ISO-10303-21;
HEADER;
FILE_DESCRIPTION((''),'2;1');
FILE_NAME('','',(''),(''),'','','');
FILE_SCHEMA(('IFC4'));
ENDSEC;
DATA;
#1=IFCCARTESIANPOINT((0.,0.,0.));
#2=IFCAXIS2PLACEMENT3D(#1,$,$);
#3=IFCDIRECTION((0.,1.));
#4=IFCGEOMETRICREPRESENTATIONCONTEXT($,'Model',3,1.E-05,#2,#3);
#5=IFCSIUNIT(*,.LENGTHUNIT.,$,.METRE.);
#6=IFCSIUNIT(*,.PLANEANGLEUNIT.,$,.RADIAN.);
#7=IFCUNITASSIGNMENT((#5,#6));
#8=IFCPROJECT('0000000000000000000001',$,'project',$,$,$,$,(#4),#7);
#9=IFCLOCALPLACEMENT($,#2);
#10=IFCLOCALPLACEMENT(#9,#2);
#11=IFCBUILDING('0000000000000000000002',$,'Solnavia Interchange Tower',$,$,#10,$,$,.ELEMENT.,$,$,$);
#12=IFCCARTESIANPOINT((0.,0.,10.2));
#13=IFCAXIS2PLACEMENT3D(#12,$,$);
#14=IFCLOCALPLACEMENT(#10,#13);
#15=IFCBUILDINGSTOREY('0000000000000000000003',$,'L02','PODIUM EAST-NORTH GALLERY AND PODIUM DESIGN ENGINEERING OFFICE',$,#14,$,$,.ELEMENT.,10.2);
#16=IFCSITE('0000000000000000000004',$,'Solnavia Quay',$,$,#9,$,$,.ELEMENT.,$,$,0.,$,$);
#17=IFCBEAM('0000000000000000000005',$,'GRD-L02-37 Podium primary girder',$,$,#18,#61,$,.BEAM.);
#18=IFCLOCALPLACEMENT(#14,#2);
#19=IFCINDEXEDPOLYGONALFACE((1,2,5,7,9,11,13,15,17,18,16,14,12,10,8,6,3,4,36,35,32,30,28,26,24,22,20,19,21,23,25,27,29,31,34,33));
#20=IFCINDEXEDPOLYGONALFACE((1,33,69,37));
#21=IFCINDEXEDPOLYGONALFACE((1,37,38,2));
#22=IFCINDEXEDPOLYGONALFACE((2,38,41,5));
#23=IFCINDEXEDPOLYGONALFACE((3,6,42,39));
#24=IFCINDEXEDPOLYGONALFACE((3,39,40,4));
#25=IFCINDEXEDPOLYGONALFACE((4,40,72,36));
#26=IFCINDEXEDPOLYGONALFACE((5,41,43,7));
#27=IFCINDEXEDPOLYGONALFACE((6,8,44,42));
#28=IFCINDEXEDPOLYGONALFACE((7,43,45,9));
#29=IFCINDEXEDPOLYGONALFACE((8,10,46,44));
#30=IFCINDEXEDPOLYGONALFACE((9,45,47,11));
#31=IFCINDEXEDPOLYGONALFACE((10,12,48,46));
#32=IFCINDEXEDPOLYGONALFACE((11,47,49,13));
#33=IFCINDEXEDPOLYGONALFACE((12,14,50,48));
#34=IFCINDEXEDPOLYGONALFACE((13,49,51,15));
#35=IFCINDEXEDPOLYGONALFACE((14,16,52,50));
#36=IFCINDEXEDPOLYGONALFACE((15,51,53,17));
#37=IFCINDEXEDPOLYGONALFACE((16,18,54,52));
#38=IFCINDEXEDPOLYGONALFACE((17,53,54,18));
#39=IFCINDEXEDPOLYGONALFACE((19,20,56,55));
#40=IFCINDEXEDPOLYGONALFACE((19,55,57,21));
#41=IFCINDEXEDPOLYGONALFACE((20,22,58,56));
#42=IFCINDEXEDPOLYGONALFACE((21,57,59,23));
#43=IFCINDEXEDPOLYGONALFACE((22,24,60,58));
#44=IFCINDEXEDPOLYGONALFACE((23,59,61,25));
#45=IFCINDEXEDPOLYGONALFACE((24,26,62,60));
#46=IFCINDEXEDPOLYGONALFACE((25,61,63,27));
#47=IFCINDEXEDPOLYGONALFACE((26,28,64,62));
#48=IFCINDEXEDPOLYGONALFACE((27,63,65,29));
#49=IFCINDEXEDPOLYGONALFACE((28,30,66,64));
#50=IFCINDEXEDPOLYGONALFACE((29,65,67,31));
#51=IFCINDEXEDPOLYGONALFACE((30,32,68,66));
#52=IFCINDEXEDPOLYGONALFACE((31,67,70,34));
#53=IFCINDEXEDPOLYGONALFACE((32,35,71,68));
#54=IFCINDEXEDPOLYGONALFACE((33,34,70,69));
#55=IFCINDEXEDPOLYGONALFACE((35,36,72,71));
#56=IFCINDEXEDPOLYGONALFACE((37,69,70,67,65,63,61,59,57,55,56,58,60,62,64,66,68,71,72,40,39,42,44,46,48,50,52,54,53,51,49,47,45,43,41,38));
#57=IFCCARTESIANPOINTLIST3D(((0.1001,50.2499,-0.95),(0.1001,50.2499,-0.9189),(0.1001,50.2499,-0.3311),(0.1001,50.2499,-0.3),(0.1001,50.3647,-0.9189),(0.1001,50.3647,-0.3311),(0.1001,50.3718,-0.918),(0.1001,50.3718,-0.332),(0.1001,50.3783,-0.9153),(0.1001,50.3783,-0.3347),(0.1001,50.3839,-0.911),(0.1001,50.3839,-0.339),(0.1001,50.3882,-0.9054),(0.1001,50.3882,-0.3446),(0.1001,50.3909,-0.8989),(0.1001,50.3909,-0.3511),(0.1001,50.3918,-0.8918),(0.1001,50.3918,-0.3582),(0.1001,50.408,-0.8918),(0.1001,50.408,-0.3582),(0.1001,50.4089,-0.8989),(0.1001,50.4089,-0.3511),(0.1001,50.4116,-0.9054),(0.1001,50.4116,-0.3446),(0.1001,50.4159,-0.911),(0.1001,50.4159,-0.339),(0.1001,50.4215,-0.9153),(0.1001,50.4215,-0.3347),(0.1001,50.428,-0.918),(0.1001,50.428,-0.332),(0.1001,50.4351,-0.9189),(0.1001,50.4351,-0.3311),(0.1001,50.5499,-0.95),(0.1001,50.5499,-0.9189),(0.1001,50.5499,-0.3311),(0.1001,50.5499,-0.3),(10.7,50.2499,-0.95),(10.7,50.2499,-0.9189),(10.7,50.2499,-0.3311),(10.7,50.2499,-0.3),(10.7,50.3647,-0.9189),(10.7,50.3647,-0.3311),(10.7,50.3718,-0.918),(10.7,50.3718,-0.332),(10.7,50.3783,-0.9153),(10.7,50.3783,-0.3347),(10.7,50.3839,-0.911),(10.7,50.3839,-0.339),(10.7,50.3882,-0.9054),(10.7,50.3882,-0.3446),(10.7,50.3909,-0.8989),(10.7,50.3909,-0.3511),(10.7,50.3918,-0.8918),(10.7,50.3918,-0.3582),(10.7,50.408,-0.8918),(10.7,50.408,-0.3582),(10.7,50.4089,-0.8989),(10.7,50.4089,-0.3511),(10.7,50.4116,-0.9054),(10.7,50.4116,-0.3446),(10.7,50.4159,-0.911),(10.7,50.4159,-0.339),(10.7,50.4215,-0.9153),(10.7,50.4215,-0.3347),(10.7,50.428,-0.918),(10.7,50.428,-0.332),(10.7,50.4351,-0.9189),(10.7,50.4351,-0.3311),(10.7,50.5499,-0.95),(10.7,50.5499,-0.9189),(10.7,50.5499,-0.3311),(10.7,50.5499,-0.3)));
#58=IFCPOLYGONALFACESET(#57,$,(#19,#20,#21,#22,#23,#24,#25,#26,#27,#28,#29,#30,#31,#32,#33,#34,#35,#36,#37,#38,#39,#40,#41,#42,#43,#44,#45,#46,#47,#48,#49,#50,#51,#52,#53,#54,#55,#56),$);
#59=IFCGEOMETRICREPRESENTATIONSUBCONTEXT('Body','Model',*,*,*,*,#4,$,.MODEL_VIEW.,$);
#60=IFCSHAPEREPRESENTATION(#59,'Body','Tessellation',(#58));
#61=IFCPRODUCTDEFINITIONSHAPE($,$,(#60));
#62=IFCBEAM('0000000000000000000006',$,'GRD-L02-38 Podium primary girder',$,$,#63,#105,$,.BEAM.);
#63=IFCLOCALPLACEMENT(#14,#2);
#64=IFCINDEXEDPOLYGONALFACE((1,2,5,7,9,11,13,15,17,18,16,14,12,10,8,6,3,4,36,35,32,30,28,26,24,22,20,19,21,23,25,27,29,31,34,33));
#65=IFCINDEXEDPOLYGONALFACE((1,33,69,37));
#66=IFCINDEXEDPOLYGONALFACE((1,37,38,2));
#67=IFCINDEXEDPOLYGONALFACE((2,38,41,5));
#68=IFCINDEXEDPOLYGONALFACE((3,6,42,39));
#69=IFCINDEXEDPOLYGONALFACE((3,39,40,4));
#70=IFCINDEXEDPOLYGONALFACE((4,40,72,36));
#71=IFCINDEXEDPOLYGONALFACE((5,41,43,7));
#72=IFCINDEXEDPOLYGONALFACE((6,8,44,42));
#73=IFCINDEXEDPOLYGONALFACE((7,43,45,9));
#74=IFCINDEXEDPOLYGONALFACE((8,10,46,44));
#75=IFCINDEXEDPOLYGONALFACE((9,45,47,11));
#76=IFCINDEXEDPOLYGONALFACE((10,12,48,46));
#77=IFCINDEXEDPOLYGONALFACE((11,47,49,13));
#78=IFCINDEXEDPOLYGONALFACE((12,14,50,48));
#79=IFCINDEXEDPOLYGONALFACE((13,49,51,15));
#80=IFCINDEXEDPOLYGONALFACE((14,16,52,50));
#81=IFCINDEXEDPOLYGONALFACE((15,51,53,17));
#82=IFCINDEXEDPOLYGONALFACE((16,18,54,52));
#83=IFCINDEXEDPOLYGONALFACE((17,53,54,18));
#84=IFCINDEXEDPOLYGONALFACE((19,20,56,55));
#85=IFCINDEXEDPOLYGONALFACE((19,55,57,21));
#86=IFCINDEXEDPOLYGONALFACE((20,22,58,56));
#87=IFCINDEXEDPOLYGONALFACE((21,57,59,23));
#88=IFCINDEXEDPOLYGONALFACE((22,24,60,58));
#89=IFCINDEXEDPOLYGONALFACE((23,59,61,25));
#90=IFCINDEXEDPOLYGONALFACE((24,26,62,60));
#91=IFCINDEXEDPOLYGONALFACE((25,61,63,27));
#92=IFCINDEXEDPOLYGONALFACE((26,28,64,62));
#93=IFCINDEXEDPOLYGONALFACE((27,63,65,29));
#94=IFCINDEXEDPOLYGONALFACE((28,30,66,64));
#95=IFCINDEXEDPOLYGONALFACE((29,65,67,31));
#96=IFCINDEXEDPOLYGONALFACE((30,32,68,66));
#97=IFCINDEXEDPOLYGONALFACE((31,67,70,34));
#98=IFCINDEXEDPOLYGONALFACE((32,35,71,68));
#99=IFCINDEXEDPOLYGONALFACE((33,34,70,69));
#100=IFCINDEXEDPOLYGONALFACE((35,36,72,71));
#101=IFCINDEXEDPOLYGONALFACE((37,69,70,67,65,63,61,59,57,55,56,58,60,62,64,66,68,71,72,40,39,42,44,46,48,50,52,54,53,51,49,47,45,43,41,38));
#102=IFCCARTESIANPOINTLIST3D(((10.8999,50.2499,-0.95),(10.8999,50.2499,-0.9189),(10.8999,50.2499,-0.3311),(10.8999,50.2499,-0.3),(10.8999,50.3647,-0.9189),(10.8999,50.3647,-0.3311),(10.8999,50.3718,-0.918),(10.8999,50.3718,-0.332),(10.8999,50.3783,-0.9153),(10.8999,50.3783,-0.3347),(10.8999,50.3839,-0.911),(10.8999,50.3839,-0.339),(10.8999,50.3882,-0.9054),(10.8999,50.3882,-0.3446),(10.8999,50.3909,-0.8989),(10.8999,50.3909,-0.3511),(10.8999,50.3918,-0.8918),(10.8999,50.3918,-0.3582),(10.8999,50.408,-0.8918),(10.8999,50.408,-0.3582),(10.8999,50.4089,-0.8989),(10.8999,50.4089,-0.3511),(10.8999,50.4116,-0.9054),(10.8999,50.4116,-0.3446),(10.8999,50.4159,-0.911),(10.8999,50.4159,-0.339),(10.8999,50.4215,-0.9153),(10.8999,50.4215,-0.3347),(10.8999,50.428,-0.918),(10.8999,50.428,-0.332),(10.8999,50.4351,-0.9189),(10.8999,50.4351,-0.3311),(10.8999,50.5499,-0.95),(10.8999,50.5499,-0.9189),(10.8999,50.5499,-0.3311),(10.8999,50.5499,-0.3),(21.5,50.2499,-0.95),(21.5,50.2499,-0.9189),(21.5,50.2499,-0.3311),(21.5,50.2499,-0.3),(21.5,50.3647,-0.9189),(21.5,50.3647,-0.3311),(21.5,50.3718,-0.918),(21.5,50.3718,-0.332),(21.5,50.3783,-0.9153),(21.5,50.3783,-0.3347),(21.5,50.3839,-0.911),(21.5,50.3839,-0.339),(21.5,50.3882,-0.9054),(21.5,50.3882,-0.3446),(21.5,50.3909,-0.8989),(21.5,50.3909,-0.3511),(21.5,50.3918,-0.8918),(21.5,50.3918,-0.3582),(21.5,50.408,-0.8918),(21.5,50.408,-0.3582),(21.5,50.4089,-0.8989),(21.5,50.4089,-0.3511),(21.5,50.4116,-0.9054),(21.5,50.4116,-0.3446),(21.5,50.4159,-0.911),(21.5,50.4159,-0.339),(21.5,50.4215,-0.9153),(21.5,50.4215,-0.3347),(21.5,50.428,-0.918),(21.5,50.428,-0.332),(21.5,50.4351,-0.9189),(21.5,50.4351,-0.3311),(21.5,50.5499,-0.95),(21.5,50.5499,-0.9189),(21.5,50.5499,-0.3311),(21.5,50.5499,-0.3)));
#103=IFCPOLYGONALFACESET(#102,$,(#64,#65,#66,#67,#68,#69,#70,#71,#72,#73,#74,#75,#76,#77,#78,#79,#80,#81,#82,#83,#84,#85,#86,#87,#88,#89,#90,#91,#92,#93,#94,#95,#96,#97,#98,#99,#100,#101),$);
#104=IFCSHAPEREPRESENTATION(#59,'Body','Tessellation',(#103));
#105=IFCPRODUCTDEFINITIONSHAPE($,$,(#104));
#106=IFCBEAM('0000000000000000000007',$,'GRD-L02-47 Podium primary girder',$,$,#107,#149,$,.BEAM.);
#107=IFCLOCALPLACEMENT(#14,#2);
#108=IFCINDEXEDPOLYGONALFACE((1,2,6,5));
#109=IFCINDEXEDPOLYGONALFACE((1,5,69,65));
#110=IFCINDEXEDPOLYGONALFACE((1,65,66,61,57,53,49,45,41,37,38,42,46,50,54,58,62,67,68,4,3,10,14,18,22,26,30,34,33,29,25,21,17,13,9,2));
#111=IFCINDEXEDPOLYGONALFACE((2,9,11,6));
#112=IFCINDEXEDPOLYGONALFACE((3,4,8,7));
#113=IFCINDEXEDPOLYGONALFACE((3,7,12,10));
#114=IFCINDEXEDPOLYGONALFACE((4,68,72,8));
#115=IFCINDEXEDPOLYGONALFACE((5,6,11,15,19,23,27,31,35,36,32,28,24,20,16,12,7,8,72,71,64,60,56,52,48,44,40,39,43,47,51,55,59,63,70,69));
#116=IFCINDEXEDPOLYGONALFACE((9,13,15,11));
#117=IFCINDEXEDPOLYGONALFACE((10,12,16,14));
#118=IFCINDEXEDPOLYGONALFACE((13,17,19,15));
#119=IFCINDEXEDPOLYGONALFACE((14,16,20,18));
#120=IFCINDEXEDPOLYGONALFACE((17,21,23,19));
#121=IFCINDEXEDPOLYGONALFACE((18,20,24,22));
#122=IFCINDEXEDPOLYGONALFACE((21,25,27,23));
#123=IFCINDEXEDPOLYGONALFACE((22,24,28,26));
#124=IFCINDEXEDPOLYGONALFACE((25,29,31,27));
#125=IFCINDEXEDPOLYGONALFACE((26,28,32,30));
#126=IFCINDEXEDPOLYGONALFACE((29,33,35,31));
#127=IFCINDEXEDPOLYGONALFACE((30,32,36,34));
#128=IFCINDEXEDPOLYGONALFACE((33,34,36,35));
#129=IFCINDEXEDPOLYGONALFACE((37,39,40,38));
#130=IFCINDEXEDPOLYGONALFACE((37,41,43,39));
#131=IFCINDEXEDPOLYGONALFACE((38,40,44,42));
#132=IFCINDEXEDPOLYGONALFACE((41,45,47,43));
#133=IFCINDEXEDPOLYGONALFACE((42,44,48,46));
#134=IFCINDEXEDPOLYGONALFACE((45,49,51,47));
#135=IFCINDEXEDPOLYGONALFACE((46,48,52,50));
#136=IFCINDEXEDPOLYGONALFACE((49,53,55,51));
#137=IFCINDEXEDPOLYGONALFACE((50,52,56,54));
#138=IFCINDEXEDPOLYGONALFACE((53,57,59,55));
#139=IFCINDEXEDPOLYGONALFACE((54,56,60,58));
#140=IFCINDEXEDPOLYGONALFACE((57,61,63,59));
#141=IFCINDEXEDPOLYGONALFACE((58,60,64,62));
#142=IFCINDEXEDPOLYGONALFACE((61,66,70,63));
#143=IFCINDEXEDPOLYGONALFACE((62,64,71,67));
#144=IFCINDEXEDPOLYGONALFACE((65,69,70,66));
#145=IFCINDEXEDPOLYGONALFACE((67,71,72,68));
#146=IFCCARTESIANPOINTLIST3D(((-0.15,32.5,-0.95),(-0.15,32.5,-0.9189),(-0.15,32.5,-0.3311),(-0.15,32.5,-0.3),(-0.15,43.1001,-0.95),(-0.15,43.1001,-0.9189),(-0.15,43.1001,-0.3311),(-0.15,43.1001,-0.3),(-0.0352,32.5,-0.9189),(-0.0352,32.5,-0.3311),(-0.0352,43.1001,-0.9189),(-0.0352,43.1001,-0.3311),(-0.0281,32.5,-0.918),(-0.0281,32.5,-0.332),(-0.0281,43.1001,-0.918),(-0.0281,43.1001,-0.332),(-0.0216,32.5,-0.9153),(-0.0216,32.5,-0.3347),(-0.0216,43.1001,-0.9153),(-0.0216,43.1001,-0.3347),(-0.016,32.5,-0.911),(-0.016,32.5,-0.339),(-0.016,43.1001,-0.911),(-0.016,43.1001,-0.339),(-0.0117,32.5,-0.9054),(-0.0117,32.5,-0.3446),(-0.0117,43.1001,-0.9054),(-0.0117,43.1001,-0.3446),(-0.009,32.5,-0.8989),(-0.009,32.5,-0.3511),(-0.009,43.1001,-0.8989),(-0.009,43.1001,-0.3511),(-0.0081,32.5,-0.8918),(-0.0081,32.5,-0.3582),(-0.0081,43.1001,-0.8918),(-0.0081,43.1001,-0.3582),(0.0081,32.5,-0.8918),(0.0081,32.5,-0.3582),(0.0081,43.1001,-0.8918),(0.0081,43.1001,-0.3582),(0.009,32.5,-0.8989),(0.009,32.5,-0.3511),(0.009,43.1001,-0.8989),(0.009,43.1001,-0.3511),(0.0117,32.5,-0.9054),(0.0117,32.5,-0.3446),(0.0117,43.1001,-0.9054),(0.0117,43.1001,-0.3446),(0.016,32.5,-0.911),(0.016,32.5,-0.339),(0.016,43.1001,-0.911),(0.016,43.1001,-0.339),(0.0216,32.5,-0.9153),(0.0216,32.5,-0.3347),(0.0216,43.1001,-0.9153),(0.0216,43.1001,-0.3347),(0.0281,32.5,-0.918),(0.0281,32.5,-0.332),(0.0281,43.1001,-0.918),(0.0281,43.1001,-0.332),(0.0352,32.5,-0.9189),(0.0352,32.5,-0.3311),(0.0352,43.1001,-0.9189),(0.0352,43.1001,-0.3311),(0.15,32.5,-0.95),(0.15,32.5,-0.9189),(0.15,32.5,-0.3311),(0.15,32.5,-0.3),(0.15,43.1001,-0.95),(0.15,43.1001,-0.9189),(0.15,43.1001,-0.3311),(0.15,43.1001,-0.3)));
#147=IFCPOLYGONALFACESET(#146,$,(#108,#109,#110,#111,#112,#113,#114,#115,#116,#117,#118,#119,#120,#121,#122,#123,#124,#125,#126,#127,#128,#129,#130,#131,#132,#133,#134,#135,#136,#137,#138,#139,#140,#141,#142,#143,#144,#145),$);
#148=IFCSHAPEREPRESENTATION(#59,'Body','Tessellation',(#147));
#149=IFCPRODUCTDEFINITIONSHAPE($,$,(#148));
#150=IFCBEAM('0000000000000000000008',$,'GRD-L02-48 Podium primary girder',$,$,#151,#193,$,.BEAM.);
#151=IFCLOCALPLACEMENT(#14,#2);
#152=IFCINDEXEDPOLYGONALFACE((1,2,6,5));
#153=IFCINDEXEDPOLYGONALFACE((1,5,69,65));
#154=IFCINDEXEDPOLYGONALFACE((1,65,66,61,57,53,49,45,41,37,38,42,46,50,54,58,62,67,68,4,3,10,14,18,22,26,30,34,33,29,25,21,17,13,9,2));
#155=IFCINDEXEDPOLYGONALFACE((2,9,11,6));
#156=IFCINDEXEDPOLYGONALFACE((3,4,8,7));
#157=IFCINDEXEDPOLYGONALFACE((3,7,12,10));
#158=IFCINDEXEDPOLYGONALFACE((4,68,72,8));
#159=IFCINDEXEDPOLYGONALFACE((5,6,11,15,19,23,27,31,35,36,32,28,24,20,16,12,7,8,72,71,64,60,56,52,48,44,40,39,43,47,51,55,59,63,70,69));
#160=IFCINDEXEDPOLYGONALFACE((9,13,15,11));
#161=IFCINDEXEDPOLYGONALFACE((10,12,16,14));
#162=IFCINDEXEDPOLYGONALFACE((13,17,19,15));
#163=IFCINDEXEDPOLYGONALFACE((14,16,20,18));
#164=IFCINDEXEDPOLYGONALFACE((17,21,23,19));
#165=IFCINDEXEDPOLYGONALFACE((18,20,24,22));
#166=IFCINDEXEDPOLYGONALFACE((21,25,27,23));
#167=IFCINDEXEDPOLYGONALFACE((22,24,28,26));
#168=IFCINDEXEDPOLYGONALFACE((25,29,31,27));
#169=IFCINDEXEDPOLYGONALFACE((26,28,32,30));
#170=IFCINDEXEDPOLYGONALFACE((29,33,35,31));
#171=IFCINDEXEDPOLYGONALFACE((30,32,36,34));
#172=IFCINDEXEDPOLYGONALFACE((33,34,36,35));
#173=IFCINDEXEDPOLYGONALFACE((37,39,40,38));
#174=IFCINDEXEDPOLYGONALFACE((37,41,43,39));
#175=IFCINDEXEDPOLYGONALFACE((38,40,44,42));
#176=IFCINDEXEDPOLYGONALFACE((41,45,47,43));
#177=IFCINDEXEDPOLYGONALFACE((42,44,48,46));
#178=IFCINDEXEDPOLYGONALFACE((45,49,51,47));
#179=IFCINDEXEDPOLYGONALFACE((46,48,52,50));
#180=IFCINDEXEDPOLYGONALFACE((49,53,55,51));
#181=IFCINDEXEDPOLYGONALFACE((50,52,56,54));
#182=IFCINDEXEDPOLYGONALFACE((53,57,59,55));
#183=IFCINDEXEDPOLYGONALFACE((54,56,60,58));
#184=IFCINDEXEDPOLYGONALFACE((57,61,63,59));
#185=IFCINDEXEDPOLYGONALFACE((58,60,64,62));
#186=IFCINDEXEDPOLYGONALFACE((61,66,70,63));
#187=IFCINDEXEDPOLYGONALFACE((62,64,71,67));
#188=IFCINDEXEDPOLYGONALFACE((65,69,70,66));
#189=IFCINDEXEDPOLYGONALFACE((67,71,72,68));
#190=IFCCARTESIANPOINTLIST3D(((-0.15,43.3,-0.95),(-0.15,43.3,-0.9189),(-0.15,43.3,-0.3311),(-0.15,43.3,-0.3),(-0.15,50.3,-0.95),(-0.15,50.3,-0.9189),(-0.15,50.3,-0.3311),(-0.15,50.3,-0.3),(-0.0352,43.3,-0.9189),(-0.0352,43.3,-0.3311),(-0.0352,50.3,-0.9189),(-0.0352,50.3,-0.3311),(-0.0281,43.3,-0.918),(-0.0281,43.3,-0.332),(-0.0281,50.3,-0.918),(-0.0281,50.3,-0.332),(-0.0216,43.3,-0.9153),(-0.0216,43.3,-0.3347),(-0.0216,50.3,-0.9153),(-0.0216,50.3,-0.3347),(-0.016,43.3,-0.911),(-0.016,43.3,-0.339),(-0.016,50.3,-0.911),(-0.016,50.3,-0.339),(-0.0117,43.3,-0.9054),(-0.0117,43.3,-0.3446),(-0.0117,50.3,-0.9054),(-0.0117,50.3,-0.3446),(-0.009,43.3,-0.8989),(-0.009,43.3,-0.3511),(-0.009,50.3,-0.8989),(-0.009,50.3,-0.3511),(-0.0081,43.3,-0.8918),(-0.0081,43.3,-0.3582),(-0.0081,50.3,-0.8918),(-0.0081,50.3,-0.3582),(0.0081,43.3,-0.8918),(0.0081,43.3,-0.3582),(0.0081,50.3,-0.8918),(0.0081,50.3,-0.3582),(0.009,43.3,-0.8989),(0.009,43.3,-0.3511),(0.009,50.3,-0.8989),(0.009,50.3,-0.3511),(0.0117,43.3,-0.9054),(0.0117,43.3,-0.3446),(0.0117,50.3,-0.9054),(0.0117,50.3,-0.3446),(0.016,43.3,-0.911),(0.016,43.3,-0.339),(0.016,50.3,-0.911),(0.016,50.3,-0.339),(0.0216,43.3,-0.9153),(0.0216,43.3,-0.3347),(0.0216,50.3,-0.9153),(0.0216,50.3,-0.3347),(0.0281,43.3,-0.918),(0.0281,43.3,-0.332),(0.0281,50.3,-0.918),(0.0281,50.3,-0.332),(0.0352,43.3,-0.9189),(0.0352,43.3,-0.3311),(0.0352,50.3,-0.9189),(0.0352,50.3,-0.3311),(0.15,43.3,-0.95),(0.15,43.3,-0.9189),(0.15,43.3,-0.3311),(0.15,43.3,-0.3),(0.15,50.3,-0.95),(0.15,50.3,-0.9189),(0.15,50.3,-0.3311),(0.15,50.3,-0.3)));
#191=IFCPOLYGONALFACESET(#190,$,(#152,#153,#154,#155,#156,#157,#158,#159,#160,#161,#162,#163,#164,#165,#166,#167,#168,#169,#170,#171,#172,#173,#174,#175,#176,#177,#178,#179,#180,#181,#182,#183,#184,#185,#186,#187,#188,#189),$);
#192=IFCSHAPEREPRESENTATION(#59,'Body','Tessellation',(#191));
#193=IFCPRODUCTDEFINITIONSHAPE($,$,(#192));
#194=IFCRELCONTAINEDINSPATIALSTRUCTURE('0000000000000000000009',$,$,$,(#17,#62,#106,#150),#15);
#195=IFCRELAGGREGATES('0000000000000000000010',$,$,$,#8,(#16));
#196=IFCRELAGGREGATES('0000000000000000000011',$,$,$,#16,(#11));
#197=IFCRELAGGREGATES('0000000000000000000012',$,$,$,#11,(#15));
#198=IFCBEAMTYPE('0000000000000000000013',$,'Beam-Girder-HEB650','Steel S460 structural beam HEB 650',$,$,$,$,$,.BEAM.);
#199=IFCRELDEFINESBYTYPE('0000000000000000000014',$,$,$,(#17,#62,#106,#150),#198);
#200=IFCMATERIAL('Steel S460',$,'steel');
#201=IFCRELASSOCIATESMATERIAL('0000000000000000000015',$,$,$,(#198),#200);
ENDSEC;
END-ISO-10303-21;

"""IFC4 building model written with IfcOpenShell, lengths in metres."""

from ifc_helpers import new_model, si_unit, direction, frame, origin, origin_2d, place, context, subcontext, project, spatial, i_section, extrude, material, material_profile, profile_set, type_object, element, save


model = new_model("IFC4")

# Units and contexts
model_context = context("Model", 3, precision=1e-05, world=origin(), true_north=direction((0.0, 1.0)))
body_context = subcontext(model_context, "Body", "Model", "MODEL_VIEW")
ifc_project = project(units=[si_unit("LENGTHUNIT", "METRE"), si_unit("PLANEANGLEUNIT", "RADIAN")], contexts=[model_context])

# Site, building, storey
site_placement = place(None, origin())
site = spatial("IfcSite", under=ifc_project, at=site_placement, Name="Solnavia Quay", CompositionType="ELEMENT", RefElevation=0.0)
building_placement = place(site_placement, origin())
building = spatial("IfcBuilding", under=site, at=building_placement, Name="Solnavia Interchange Tower", CompositionType="ELEMENT")
storey_placement = place(building_placement, frame((0.0, 0.0, 10.2)))
storey = spatial("IfcBuildingStorey", under=building, at=storey_placement, Name="L02", Description="PODIUM EAST-NORTH GALLERY AND PODIUM DESIGN ENGINEERING OFFICE", CompositionType="ELEMENT", Elevation=10.2)

# Beams
ifc_material_1 = material(Name="Steel S460", Category="steel")
ifc_material_profile_1 = material_profile(ifc_material_1, i_section(OverallWidth=0.3, OverallDepth=0.6499, WebThickness=0.0161, FlangeThickness=0.031, FilletRadius=0.0271, at=origin_2d()), Name="HEB 650")
ifc_profile_set_1 = profile_set([ifc_material_profile_1], Name="Steel S460")
beam_type_1 = type_object("IfcBeamType", Name="Beam-Girder-HEB650", Description="Steel S460 structural beam HEB 650", PredefinedType="BEAM", material=ifc_profile_set_1)
beam_1_placement = place(storey_placement, frame((0.1001, 50.3999, -0.625), z_axis=(1.0, 0.0, 0.0), x_axis=(0.0, 1.0, 0.0)))
element("IfcBeam", 1, at=beam_1_placement, inside=storey, type_object=beam_type_1, Name="GRD-L02-37 Podium primary girder", PredefinedType="BEAM", context=body_context, shape_type="SweptSolid", body=[
    extrude(i_section(OverallWidth=0.3, OverallDepth=0.6499, WebThickness=0.0161, FlangeThickness=0.031, FilletRadius=0.0271, at=origin_2d()), origin(), (0.0, 0.0, 1.0), 10.5999),
])
for number, where, z_axis, x_axis, name in (
    (2, (10.8999, 50.3999, -0.625), (1.0, 0.0, 0.0), (0.0, 1.0, 0.0), "GRD-L02-38 Podium primary girder"),
    (3, (0.0, 32.5, -0.625), (0.0, 1.0, 0.0), (-1.0, 0.0, 0.0), "GRD-L02-47 Podium primary girder"),
):
    element("IfcBeam", number, at=place(storey_placement, frame(where, z_axis=z_axis, x_axis=x_axis)), inside=storey, type_object=beam_type_1, Name=name, PredefinedType="BEAM", context=body_context, shape_type="SweptSolid", body=[
        extrude(i_section(OverallWidth=0.3, OverallDepth=0.6499, WebThickness=0.0161, FlangeThickness=0.031, FilletRadius=0.0271, at=origin_2d()), origin(), (0.0, 0.0, 1.0), 10.6001),
    ])
beam_2_placement = place(storey_placement, frame((0.0, 43.3, -0.625), z_axis=(0.0, 1.0, 0.0), x_axis=(-1.0, 0.0, 0.0)))
element("IfcBeam", 4, at=beam_2_placement, inside=storey, type_object=beam_type_1, Name="GRD-L02-48 Podium primary girder", PredefinedType="BEAM", context=body_context, shape_type="SweptSolid", body=[
    extrude(i_section(OverallWidth=0.3, OverallDepth=0.6499, WebThickness=0.0161, FlangeThickness=0.031, FilletRadius=0.0271, at=origin_2d()), origin(), (0.0, 0.0, 1.0), 7.0),
])

save(model, "model.ifc")
